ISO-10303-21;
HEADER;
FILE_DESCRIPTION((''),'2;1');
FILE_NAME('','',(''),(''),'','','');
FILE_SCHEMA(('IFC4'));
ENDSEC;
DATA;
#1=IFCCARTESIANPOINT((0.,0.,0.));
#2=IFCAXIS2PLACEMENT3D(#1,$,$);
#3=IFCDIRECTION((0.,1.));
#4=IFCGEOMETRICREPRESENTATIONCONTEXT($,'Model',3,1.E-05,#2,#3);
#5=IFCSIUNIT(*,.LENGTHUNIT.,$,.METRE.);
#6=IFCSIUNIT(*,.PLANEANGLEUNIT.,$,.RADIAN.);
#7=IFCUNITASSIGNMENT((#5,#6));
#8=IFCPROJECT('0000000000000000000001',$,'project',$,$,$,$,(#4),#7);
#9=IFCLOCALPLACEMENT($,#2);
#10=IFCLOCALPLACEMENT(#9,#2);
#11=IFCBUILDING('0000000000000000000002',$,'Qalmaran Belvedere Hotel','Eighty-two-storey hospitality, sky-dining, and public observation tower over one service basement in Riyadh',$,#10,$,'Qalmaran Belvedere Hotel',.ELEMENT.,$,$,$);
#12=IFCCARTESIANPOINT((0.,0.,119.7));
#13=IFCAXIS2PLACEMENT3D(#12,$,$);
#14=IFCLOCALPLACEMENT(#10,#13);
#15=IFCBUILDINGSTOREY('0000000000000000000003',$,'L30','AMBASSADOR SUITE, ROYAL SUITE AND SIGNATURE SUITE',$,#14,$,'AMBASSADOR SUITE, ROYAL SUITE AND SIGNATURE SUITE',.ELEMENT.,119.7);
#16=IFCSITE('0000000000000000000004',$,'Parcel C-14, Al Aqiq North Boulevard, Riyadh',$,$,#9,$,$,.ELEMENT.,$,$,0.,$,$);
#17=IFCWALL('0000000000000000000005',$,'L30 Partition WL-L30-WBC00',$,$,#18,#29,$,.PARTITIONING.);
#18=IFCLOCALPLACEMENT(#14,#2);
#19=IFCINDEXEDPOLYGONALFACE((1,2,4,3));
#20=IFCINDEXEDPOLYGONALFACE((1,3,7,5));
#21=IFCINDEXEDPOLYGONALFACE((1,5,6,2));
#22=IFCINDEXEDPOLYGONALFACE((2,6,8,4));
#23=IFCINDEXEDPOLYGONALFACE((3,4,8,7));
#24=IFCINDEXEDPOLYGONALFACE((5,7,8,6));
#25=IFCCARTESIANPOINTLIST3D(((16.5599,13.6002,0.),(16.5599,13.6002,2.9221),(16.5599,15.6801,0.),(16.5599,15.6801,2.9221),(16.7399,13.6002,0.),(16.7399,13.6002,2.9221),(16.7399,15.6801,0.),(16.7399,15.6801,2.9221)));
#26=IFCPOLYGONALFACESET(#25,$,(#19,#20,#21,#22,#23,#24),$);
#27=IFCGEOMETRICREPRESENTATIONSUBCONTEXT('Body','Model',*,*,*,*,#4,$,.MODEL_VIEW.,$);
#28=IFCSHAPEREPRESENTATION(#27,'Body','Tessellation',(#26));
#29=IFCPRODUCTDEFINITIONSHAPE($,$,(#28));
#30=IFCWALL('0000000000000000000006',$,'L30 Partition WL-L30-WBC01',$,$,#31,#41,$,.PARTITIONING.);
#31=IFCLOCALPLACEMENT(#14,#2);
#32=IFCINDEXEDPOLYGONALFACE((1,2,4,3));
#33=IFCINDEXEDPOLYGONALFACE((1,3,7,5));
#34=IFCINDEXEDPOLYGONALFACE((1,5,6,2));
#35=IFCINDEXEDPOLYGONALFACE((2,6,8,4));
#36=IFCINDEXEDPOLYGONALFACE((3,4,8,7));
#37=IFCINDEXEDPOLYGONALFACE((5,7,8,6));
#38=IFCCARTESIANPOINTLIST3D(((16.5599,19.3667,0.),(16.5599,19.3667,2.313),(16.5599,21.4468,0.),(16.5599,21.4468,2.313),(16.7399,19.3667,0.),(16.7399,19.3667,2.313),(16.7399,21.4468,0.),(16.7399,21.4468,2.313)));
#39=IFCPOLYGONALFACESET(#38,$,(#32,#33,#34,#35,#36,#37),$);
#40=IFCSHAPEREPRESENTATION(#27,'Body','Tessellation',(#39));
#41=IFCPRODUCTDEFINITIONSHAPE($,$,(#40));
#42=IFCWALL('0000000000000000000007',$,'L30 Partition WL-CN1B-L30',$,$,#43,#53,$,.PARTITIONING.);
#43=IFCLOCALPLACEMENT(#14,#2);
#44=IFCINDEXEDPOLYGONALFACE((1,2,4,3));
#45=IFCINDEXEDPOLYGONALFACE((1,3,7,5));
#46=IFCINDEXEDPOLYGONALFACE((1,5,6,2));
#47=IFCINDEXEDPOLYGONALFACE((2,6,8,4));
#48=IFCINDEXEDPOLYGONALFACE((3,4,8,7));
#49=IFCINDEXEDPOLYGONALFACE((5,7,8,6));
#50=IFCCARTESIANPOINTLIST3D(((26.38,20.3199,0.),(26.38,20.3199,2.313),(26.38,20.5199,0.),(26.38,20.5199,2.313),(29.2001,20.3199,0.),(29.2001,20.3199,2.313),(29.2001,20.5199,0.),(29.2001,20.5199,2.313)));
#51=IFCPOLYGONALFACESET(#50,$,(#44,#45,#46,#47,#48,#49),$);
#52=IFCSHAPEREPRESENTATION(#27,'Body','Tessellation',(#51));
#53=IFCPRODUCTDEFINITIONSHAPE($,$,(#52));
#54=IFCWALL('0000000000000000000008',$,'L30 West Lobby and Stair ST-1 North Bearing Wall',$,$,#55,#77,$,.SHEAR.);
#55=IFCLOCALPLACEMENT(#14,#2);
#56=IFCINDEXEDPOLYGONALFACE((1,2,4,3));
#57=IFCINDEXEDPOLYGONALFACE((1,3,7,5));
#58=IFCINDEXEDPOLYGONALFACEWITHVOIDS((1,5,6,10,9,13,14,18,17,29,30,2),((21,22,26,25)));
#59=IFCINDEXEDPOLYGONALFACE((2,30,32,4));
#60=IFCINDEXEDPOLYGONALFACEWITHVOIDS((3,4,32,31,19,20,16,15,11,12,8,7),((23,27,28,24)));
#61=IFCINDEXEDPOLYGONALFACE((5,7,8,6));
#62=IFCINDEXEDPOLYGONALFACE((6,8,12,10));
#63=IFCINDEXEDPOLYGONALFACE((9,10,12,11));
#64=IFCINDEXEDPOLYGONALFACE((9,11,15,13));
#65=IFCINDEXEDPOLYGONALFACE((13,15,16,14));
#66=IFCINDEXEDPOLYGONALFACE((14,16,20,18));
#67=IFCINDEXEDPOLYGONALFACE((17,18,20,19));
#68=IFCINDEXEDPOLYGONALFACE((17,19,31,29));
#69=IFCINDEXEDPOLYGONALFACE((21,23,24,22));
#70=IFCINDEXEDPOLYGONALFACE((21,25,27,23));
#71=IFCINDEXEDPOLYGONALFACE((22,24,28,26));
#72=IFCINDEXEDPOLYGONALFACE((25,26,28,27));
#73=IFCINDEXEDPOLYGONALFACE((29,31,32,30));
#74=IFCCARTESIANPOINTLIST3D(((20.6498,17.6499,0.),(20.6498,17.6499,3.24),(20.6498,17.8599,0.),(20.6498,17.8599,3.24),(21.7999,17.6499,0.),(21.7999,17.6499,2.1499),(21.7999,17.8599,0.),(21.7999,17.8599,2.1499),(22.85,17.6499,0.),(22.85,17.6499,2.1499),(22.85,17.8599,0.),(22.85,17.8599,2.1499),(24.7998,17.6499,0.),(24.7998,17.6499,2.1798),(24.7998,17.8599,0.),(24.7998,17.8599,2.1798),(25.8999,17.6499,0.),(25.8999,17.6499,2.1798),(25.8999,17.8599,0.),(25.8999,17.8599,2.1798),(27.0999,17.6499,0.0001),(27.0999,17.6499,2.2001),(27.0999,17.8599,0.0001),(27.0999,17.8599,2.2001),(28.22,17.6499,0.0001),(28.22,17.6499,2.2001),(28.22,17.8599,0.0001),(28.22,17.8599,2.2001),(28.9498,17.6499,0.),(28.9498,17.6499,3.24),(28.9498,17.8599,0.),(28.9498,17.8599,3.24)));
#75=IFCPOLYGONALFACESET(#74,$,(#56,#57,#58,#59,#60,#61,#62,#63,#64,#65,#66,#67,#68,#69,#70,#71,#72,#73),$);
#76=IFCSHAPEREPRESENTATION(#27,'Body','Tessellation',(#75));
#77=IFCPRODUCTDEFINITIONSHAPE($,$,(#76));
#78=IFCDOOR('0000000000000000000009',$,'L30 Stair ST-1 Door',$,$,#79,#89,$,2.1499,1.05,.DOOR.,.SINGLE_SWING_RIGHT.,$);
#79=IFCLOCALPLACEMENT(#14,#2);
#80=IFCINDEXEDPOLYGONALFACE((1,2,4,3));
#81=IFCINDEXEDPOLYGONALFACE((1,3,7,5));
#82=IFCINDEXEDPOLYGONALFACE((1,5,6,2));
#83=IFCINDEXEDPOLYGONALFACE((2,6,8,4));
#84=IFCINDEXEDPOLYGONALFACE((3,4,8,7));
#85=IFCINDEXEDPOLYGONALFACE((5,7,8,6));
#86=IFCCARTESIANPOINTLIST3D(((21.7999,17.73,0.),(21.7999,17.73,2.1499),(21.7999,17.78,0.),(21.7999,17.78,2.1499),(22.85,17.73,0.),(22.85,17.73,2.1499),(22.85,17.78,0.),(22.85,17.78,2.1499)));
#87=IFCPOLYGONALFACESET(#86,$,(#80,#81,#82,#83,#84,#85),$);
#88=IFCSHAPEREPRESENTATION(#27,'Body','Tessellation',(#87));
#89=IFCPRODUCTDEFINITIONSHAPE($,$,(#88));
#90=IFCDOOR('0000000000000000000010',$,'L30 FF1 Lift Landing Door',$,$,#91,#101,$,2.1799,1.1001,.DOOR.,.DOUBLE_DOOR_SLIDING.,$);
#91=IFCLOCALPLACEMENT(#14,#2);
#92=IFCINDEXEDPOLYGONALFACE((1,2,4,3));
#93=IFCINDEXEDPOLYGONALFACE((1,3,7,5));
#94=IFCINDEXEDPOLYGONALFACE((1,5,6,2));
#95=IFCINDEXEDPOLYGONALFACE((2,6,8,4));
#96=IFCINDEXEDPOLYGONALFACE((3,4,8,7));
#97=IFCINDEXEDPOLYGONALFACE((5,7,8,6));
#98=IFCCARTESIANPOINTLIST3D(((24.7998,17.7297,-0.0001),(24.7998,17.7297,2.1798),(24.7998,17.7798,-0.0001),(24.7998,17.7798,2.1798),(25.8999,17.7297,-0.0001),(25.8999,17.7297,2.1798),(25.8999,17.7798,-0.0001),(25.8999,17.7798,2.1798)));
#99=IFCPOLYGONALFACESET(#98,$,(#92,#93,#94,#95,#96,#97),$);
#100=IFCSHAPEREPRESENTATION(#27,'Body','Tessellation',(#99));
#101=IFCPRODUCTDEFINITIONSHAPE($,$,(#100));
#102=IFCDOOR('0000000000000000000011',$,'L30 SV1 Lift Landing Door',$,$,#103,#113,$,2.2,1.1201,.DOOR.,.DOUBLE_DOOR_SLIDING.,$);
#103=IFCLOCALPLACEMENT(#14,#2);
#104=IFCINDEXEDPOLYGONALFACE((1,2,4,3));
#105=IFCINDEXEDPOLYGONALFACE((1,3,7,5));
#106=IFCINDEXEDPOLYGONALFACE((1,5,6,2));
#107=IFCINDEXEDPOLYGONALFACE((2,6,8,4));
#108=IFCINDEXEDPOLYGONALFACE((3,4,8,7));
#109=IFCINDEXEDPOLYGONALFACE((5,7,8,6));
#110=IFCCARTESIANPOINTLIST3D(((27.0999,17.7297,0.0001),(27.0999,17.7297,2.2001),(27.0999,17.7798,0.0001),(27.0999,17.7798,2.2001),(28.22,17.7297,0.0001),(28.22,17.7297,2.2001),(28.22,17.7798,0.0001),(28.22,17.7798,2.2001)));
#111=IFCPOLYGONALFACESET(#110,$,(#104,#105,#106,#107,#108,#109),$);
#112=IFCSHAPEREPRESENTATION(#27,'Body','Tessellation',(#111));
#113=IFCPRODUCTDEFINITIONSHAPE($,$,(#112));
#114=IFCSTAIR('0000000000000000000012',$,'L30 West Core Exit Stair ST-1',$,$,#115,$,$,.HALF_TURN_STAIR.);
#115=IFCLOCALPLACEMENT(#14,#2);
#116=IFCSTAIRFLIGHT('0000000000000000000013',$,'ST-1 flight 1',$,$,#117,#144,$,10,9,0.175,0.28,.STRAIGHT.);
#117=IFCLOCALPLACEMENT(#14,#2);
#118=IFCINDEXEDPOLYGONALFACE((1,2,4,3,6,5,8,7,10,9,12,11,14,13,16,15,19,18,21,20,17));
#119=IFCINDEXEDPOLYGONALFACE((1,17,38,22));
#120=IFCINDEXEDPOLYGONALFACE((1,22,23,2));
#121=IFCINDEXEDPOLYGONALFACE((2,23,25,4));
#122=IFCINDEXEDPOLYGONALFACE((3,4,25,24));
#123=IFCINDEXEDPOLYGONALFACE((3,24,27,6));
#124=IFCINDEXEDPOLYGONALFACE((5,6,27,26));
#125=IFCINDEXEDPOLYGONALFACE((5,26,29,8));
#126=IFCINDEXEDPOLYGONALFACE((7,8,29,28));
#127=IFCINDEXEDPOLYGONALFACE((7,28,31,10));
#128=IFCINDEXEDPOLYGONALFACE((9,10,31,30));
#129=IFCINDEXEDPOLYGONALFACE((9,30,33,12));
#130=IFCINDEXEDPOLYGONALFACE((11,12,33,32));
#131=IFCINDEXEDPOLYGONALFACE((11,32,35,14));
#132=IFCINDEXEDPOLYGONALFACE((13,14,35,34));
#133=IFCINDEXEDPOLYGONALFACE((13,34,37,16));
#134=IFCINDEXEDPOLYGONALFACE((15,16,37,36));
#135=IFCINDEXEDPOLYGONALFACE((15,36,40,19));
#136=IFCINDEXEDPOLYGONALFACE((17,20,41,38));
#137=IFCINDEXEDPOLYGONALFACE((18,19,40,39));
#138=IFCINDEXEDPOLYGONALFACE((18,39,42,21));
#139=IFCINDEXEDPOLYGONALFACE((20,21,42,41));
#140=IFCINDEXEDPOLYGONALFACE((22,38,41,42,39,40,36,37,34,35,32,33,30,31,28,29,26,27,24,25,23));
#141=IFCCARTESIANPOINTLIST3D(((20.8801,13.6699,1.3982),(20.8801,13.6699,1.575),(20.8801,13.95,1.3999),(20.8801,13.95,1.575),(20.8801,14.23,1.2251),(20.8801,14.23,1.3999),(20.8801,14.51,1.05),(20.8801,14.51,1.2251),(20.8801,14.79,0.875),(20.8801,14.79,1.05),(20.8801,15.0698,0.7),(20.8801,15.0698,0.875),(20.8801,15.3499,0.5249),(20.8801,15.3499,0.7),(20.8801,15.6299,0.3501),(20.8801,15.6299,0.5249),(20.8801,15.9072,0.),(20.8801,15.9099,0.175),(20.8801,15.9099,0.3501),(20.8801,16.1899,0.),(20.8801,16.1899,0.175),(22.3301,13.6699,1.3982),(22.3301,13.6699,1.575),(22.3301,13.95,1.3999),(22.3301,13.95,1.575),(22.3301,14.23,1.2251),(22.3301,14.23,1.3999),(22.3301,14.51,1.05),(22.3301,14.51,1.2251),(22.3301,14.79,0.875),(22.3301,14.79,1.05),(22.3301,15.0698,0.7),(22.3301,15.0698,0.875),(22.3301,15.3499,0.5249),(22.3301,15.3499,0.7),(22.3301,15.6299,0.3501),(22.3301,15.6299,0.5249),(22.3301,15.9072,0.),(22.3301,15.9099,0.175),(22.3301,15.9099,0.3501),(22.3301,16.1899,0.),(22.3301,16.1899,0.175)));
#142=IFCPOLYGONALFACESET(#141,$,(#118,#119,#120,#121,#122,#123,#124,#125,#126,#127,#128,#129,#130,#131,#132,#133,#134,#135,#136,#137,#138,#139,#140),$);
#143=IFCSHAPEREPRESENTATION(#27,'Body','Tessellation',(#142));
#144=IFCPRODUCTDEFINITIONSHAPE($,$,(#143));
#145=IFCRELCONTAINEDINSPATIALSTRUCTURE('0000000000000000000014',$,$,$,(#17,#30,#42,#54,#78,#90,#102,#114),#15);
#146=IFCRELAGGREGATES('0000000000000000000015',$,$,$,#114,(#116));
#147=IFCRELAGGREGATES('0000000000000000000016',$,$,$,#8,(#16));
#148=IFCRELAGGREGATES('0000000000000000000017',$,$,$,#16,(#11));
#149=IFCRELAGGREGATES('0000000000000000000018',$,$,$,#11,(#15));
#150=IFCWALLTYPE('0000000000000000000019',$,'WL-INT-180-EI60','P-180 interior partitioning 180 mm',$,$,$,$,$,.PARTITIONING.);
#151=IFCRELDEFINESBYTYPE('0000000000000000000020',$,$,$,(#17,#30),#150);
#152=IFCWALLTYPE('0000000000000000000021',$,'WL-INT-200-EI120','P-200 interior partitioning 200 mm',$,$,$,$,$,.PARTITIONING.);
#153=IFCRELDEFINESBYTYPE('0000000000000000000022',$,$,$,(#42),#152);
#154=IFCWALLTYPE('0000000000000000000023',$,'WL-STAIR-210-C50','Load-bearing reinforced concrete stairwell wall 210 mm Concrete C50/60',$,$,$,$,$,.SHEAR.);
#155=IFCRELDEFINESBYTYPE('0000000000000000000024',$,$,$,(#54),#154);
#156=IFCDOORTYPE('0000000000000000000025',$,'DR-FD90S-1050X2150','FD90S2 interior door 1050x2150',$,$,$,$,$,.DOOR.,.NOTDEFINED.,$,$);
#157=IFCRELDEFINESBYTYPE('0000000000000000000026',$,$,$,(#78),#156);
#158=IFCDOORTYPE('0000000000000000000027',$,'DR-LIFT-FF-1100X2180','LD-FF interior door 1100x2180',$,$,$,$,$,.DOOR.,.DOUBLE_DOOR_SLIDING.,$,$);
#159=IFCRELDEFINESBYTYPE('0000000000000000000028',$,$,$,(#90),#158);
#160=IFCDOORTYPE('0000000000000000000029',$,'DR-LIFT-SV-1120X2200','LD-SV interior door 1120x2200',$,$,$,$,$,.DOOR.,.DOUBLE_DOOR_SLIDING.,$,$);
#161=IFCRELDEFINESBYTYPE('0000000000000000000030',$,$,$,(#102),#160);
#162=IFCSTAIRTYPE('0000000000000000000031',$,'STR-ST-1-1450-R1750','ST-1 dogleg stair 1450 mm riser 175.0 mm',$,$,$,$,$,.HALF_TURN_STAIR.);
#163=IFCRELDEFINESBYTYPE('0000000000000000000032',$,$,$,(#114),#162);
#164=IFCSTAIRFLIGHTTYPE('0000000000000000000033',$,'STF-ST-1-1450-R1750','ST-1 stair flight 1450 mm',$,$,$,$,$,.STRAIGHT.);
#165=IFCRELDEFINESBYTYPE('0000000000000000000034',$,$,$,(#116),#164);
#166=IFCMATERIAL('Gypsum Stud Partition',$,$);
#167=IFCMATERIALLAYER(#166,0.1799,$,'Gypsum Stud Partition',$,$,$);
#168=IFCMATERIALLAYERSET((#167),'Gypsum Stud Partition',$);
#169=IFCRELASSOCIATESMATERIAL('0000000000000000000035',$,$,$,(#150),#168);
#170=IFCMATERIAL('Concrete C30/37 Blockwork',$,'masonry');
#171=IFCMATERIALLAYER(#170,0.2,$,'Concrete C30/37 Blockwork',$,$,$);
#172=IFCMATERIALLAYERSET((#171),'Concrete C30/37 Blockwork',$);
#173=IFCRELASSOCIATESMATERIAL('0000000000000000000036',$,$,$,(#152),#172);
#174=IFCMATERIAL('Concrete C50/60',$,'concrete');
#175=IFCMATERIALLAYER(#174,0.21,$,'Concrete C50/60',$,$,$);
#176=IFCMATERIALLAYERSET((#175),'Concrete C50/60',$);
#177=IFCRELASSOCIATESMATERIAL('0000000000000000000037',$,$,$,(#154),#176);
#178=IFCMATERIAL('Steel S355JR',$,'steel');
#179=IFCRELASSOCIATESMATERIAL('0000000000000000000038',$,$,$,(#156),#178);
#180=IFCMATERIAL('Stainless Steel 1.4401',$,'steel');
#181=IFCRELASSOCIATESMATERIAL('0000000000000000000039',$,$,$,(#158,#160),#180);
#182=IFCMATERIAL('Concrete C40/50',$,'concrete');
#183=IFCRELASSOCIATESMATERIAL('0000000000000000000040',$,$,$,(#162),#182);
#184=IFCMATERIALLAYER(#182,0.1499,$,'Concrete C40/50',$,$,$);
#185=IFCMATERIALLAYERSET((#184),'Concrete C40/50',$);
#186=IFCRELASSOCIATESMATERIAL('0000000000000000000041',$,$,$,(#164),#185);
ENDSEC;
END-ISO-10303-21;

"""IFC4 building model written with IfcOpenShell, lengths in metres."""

from ifc_helpers import new_model, si_unit, direction, frame, frame_2d, origin, place, context, subcontext, project, spatial, polyline, rectangle, outline, extrude, material, layer, layer_set, type_object, element, fill, aggregate, save


model = new_model("IFC4")

# Units and contexts
model_context = context("Model", 3, precision=1e-05, world=origin(), true_north=direction((0.0, 1.0)))
body_context = subcontext(model_context, "Body", "Model", "MODEL_VIEW")
ifc_project = project(units=[si_unit("LENGTHUNIT", "METRE"), si_unit("PLANEANGLEUNIT", "RADIAN")], contexts=[model_context])

# Site, building, storey
site_placement = place(None, origin())
site = spatial("IfcSite", under=ifc_project, at=site_placement, Name="Parcel C-14, Al Aqiq North Boulevard, Riyadh", CompositionType="ELEMENT", RefElevation=0.0)
building_placement = place(site_placement, origin())
building = spatial("IfcBuilding", under=site, at=building_placement, Name="Qalmaran Belvedere Hotel", Description="Eighty-two-storey hospitality, sky-dining, and public observation tower over one service basement in Riyadh", LongName="Qalmaran Belvedere Hotel", CompositionType="ELEMENT")
storey_placement = place(building_placement, frame((0.0, 0.0, 119.7)))
storey = spatial("IfcBuildingStorey", under=building, at=storey_placement, Name="L30", Description="AMBASSADOR SUITE, ROYAL SUITE AND SIGNATURE SUITE", LongName="AMBASSADOR SUITE, ROYAL SUITE AND SIGNATURE SUITE", CompositionType="ELEMENT", Elevation=119.7)

# Shared definitions
ifc_material_1 = material(Name="Gypsum Stud Partition")

# Shared definitions
ifc_material_2 = material(Name="Steel S355JR", Category="steel")

# Wall
ifc_layer_1 = layer(ifc_material_1, 0.1799, Name="Gypsum Stud Partition")
ifc_layer_set_1 = layer_set([ifc_layer_1], Name="Gypsum Stud Partition")
wall_type_1 = type_object("IfcWallType", Name="WL-INT-180-EI60", Description="P-180 interior partitioning 180 mm", PredefinedType="PARTITIONING", material=ifc_layer_set_1)
wall_1_placement = place(storey_placement, frame((16.6499, 13.6001, 0.0), z_axis=(0.0, 0.0, 1.0), x_axis=(0.0, 1.0, 0.0)))
element("IfcWall", 1, at=wall_1_placement, inside=storey, type_object=wall_type_1, Name="L30 Partition WL-L30-WBC00", PredefinedType="PARTITIONING", context=body_context, shape_type="SweptSolid", body=[
    extrude(rectangle(XDim=2.0798, YDim=0.1799, at=frame_2d((1.04, 0.0))), origin(), (0.0, 0.0, 1.0), 2.9221),
])

# Wall
wall_2_placement = place(storey_placement, frame((16.6499, 19.3667, 0.0), z_axis=(0.0, 0.0, 1.0), x_axis=(0.0, 1.0, 0.0)))
element("IfcWall", 2, at=wall_2_placement, inside=storey, type_object=wall_type_1, Name="L30 Partition WL-L30-WBC01", PredefinedType="PARTITIONING", context=body_context, shape_type="SweptSolid", body=[
    extrude(rectangle(XDim=2.0801, YDim=0.1799, at=frame_2d((1.04, 0.0))), origin(), (0.0, 0.0, 1.0), 2.313),
])

# Shared definitions
ifc_material_3 = material(Name="Concrete C30/37 Blockwork", Category="masonry")
ifc_layer_2 = layer(ifc_material_3, 0.2, Name="Concrete C30/37 Blockwork")
ifc_layer_set_2 = layer_set([ifc_layer_2], Name="Concrete C30/37 Blockwork")
wall_type_2 = type_object("IfcWallType", Name="WL-INT-200-EI120", Description="P-200 interior partitioning 200 mm", PredefinedType="PARTITIONING", material=ifc_layer_set_2)

# Wall
wall_3_placement = place(storey_placement, frame((26.3799, 20.4199, 0.0), z_axis=(0.0, 0.0, 1.0), x_axis=(1.0, 0.0, 0.0)))
element("IfcWall", 3, at=wall_3_placement, inside=storey, type_object=wall_type_2, Name="L30 Partition WL-CN1B-L30", PredefinedType="PARTITIONING", context=body_context, shape_type="SweptSolid", body=[
    extrude(rectangle(XDim=2.8201, YDim=0.2, at=frame_2d((1.4102, 0.0))), origin(), (0.0, 0.0, 1.0), 2.313),
])

# Wall, openings, doors
ifc_material_4 = material(Name="Concrete C50/60", Category="concrete")
ifc_layer_3 = layer(ifc_material_4, 0.21, Name="Concrete C50/60")
ifc_layer_set_3 = layer_set([ifc_layer_3], Name="Concrete C50/60")
wall_type_3 = type_object("IfcWallType", Name="WL-STAIR-210-C50", Description="Load-bearing reinforced concrete stairwell wall 210 mm Concrete C50/60", PredefinedType="SHEAR", material=ifc_layer_set_3)
wall_4_placement = place(storey_placement, frame((20.6499, 17.7549, 0.0), z_axis=(0.0, 0.0, 1.0), x_axis=(1.0, 0.0, 0.0)))
wall_4 = element("IfcWall", 4, at=wall_4_placement, inside=storey, type_object=wall_type_3, Name="L30 West Lobby and Stair ST-1 North Bearing Wall", PredefinedType="SHEAR", context=body_context, shape_type="SweptSolid", body=[
    extrude(rectangle(XDim=8.3, YDim=0.21, at=frame_2d((4.1499, 0.0))), origin(), (0.0, 0.0, 1.0), 3.24),
])
opening_1_placement = place(wall_4_placement, frame((2.2, 0.0, 0.0), z_axis=(0.0, 0.0, 1.0), x_axis=(-1.0, 0.0, 0.0)))
opening_1 = element("IfcOpeningElement", 5, at=opening_1_placement, cuts=wall_4, PredefinedType="OPENING", context=body_context, shape_type="SweptSolid", body=[
    extrude(rectangle(XDim=1.05, YDim=2.1499, at=frame_2d((0.5249, 1.075))), frame((0.0, 0.115, 0.0), z_axis=(0.0, -1.0, 0.0), x_axis=(1.0, 0.0, 0.0)), (0.0, 0.0, 1.0), 0.23),
])
opening_2_placement = place(wall_4_placement, frame((4.1499, 0.0, 0.0)))
opening_2 = element("IfcOpeningElement", 6, at=opening_2_placement, cuts=wall_4, PredefinedType="OPENING", context=body_context, shape_type="SweptSolid", body=[
    extrude(rectangle(XDim=1.1001, YDim=2.1799, at=frame_2d((0.55, 1.0898))), frame((0.0, 0.115, 0.0), z_axis=(0.0, -1.0, 0.0), x_axis=(1.0, 0.0, 0.0)), (0.0, 0.0, 1.0), 0.23),
])
opening_3_placement = place(wall_4_placement, frame((6.45, 0.0, 0.0)))
opening_3 = element("IfcOpeningElement", 7, at=opening_3_placement, cuts=wall_4, PredefinedType="OPENING", context=body_context, shape_type="SweptSolid", body=[
    extrude(rectangle(XDim=1.1201, YDim=2.2, at=frame_2d((0.5601, 1.1001))), frame((0.0, 0.115, 0.0), z_axis=(0.0, -1.0, 0.0), x_axis=(1.0, 0.0, 0.0)), (0.0, 0.0, 1.0), 0.23),
])
door_type_1 = type_object("IfcDoorType", Name="DR-FD90S-1050X2150", Description="FD90S2 interior door 1050x2150", OperationType="NOTDEFINED", PredefinedType="DOOR", material=ifc_material_2)
door_1_placement = place(opening_1_placement, origin())
door_1 = element("IfcDoor", 8, at=door_1_placement, inside=storey, type_object=door_type_1, Name="L30 Stair ST-1 Door", OperationType="SINGLE_SWING_RIGHT", OverallHeight=2.1499, OverallWidth=1.05, PredefinedType="DOOR", context=body_context, shape_type="SweptSolid", body=[
    extrude(rectangle(XDim=1.05, YDim=2.1499, at=frame_2d((0.5249, 1.075))), frame((0.0, 0.0249, 0.0), z_axis=(0.0, -1.0, 0.0), x_axis=(1.0, 0.0, 0.0)), (0.0, 0.0, 1.0), 0.05),
])
fill(opening_1, door_1)
ifc_material_5 = material(Name="Stainless Steel 1.4401", Category="steel")
door_type_2 = type_object("IfcDoorType", Name="DR-LIFT-FF-1100X2180", Description="LD-FF interior door 1100x2180", OperationType="DOUBLE_DOOR_SLIDING", PredefinedType="DOOR", material=ifc_material_5)
door_2_placement = place(opening_2_placement, origin())
door_2 = element("IfcDoor", 9, at=door_2_placement, inside=storey, type_object=door_type_2, Name="L30 FF1 Lift Landing Door", OperationType="DOUBLE_DOOR_SLIDING", OverallHeight=2.1799, OverallWidth=1.1001, PredefinedType="DOOR", context=body_context, shape_type="SweptSolid", body=[
    extrude(rectangle(XDim=1.1001, YDim=2.1799, at=frame_2d((0.55, 1.0898))), frame((0.0, 0.0249, 0.0), z_axis=(0.0, -1.0, 0.0), x_axis=(1.0, 0.0, 0.0)), (0.0, 0.0, 1.0), 0.05),
])
fill(opening_2, door_2)
door_type_3 = type_object("IfcDoorType", Name="DR-LIFT-SV-1120X2200", Description="LD-SV interior door 1120x2200", OperationType="DOUBLE_DOOR_SLIDING", PredefinedType="DOOR", material=ifc_material_5)
door_3_placement = place(opening_3_placement, origin())
door_3 = element("IfcDoor", 10, at=door_3_placement, inside=storey, type_object=door_type_3, Name="L30 SV1 Lift Landing Door", OperationType="DOUBLE_DOOR_SLIDING", OverallHeight=2.2, OverallWidth=1.1201, PredefinedType="DOOR", context=body_context, shape_type="SweptSolid", body=[
    extrude(rectangle(XDim=1.1201, YDim=2.2, at=frame_2d((0.5601, 1.1001))), frame((0.0, 0.0249, 0.0), z_axis=(0.0, -1.0, 0.0), x_axis=(1.0, 0.0, 0.0)), (0.0, 0.0, 1.0), 0.05),
])
fill(opening_3, door_3)

# Stair, stair flight
ifc_material_6 = material(Name="Concrete C40/50", Category="concrete")
stair_type = type_object("IfcStairType", Name="STR-ST-1-1450-R1750", Description="ST-1 dogleg stair 1450 mm riser 175.0 mm", PredefinedType="HALF_TURN_STAIR", material=ifc_material_6)
stair_placement = place(storey_placement, origin())
stair = element("IfcStair", 11, at=stair_placement, inside=storey, type_object=stair_type, Name="L30 West Core Exit Stair ST-1", PredefinedType="HALF_TURN_STAIR")
ifc_layer_4 = layer(ifc_material_6, 0.1499, Name="Concrete C40/50")
ifc_layer_set_4 = layer_set([ifc_layer_4], Name="Concrete C40/50")
stair_flight_type = type_object("IfcStairFlightType", Name="STF-ST-1-1450-R1750", Description="ST-1 stair flight 1450 mm", PredefinedType="STRAIGHT", material=ifc_layer_set_4)
stair_flight_1_placement = place(storey_placement, frame((21.605, 16.1899, 0.0), z_axis=(0.0, 0.0, 1.0), x_axis=(0.0, -1.0, 0.0)))
stair_flight_1 = element("IfcStairFlight", 12, at=stair_flight_1_placement, type_object=stair_flight_type, Name="ST-1 flight 1", NumberOfRisers=10, NumberOfTreads=9, PredefinedType="STRAIGHT", RiserHeight=0.175, TreadLength=0.28, context=body_context, shape_type="SweptSolid", body=[
    extrude(outline(polyline([(0.0, 0.0), (0.0, 0.175), (0.28, 0.175), (0.28, 0.3501), (0.5601, 0.3501), (0.5601, 0.5249), (0.8401, 0.5249), (0.8401, 0.7), (1.1201, 0.7), (1.1201, 0.875), (1.3999, 0.875), (1.3999, 1.05), (1.6799, 1.05), (1.6799, 1.2251), (1.96, 1.2251), (1.96, 1.3999), (2.24, 1.3999), (2.24, 1.575), (2.52, 1.575), (2.52, 1.75), (2.52, 1.3982), (0.2827, 0.0), (0.0, 0.0)])), frame((0.0, 0.7251, 0.0), z_axis=(0.0, -1.0, 0.0), x_axis=(1.0, 0.0, 0.0)), (0.0, 0.0, 1.0), 1.45),
])
aggregate(stair, [stair_flight_1])

save(model, "model.ifc")
